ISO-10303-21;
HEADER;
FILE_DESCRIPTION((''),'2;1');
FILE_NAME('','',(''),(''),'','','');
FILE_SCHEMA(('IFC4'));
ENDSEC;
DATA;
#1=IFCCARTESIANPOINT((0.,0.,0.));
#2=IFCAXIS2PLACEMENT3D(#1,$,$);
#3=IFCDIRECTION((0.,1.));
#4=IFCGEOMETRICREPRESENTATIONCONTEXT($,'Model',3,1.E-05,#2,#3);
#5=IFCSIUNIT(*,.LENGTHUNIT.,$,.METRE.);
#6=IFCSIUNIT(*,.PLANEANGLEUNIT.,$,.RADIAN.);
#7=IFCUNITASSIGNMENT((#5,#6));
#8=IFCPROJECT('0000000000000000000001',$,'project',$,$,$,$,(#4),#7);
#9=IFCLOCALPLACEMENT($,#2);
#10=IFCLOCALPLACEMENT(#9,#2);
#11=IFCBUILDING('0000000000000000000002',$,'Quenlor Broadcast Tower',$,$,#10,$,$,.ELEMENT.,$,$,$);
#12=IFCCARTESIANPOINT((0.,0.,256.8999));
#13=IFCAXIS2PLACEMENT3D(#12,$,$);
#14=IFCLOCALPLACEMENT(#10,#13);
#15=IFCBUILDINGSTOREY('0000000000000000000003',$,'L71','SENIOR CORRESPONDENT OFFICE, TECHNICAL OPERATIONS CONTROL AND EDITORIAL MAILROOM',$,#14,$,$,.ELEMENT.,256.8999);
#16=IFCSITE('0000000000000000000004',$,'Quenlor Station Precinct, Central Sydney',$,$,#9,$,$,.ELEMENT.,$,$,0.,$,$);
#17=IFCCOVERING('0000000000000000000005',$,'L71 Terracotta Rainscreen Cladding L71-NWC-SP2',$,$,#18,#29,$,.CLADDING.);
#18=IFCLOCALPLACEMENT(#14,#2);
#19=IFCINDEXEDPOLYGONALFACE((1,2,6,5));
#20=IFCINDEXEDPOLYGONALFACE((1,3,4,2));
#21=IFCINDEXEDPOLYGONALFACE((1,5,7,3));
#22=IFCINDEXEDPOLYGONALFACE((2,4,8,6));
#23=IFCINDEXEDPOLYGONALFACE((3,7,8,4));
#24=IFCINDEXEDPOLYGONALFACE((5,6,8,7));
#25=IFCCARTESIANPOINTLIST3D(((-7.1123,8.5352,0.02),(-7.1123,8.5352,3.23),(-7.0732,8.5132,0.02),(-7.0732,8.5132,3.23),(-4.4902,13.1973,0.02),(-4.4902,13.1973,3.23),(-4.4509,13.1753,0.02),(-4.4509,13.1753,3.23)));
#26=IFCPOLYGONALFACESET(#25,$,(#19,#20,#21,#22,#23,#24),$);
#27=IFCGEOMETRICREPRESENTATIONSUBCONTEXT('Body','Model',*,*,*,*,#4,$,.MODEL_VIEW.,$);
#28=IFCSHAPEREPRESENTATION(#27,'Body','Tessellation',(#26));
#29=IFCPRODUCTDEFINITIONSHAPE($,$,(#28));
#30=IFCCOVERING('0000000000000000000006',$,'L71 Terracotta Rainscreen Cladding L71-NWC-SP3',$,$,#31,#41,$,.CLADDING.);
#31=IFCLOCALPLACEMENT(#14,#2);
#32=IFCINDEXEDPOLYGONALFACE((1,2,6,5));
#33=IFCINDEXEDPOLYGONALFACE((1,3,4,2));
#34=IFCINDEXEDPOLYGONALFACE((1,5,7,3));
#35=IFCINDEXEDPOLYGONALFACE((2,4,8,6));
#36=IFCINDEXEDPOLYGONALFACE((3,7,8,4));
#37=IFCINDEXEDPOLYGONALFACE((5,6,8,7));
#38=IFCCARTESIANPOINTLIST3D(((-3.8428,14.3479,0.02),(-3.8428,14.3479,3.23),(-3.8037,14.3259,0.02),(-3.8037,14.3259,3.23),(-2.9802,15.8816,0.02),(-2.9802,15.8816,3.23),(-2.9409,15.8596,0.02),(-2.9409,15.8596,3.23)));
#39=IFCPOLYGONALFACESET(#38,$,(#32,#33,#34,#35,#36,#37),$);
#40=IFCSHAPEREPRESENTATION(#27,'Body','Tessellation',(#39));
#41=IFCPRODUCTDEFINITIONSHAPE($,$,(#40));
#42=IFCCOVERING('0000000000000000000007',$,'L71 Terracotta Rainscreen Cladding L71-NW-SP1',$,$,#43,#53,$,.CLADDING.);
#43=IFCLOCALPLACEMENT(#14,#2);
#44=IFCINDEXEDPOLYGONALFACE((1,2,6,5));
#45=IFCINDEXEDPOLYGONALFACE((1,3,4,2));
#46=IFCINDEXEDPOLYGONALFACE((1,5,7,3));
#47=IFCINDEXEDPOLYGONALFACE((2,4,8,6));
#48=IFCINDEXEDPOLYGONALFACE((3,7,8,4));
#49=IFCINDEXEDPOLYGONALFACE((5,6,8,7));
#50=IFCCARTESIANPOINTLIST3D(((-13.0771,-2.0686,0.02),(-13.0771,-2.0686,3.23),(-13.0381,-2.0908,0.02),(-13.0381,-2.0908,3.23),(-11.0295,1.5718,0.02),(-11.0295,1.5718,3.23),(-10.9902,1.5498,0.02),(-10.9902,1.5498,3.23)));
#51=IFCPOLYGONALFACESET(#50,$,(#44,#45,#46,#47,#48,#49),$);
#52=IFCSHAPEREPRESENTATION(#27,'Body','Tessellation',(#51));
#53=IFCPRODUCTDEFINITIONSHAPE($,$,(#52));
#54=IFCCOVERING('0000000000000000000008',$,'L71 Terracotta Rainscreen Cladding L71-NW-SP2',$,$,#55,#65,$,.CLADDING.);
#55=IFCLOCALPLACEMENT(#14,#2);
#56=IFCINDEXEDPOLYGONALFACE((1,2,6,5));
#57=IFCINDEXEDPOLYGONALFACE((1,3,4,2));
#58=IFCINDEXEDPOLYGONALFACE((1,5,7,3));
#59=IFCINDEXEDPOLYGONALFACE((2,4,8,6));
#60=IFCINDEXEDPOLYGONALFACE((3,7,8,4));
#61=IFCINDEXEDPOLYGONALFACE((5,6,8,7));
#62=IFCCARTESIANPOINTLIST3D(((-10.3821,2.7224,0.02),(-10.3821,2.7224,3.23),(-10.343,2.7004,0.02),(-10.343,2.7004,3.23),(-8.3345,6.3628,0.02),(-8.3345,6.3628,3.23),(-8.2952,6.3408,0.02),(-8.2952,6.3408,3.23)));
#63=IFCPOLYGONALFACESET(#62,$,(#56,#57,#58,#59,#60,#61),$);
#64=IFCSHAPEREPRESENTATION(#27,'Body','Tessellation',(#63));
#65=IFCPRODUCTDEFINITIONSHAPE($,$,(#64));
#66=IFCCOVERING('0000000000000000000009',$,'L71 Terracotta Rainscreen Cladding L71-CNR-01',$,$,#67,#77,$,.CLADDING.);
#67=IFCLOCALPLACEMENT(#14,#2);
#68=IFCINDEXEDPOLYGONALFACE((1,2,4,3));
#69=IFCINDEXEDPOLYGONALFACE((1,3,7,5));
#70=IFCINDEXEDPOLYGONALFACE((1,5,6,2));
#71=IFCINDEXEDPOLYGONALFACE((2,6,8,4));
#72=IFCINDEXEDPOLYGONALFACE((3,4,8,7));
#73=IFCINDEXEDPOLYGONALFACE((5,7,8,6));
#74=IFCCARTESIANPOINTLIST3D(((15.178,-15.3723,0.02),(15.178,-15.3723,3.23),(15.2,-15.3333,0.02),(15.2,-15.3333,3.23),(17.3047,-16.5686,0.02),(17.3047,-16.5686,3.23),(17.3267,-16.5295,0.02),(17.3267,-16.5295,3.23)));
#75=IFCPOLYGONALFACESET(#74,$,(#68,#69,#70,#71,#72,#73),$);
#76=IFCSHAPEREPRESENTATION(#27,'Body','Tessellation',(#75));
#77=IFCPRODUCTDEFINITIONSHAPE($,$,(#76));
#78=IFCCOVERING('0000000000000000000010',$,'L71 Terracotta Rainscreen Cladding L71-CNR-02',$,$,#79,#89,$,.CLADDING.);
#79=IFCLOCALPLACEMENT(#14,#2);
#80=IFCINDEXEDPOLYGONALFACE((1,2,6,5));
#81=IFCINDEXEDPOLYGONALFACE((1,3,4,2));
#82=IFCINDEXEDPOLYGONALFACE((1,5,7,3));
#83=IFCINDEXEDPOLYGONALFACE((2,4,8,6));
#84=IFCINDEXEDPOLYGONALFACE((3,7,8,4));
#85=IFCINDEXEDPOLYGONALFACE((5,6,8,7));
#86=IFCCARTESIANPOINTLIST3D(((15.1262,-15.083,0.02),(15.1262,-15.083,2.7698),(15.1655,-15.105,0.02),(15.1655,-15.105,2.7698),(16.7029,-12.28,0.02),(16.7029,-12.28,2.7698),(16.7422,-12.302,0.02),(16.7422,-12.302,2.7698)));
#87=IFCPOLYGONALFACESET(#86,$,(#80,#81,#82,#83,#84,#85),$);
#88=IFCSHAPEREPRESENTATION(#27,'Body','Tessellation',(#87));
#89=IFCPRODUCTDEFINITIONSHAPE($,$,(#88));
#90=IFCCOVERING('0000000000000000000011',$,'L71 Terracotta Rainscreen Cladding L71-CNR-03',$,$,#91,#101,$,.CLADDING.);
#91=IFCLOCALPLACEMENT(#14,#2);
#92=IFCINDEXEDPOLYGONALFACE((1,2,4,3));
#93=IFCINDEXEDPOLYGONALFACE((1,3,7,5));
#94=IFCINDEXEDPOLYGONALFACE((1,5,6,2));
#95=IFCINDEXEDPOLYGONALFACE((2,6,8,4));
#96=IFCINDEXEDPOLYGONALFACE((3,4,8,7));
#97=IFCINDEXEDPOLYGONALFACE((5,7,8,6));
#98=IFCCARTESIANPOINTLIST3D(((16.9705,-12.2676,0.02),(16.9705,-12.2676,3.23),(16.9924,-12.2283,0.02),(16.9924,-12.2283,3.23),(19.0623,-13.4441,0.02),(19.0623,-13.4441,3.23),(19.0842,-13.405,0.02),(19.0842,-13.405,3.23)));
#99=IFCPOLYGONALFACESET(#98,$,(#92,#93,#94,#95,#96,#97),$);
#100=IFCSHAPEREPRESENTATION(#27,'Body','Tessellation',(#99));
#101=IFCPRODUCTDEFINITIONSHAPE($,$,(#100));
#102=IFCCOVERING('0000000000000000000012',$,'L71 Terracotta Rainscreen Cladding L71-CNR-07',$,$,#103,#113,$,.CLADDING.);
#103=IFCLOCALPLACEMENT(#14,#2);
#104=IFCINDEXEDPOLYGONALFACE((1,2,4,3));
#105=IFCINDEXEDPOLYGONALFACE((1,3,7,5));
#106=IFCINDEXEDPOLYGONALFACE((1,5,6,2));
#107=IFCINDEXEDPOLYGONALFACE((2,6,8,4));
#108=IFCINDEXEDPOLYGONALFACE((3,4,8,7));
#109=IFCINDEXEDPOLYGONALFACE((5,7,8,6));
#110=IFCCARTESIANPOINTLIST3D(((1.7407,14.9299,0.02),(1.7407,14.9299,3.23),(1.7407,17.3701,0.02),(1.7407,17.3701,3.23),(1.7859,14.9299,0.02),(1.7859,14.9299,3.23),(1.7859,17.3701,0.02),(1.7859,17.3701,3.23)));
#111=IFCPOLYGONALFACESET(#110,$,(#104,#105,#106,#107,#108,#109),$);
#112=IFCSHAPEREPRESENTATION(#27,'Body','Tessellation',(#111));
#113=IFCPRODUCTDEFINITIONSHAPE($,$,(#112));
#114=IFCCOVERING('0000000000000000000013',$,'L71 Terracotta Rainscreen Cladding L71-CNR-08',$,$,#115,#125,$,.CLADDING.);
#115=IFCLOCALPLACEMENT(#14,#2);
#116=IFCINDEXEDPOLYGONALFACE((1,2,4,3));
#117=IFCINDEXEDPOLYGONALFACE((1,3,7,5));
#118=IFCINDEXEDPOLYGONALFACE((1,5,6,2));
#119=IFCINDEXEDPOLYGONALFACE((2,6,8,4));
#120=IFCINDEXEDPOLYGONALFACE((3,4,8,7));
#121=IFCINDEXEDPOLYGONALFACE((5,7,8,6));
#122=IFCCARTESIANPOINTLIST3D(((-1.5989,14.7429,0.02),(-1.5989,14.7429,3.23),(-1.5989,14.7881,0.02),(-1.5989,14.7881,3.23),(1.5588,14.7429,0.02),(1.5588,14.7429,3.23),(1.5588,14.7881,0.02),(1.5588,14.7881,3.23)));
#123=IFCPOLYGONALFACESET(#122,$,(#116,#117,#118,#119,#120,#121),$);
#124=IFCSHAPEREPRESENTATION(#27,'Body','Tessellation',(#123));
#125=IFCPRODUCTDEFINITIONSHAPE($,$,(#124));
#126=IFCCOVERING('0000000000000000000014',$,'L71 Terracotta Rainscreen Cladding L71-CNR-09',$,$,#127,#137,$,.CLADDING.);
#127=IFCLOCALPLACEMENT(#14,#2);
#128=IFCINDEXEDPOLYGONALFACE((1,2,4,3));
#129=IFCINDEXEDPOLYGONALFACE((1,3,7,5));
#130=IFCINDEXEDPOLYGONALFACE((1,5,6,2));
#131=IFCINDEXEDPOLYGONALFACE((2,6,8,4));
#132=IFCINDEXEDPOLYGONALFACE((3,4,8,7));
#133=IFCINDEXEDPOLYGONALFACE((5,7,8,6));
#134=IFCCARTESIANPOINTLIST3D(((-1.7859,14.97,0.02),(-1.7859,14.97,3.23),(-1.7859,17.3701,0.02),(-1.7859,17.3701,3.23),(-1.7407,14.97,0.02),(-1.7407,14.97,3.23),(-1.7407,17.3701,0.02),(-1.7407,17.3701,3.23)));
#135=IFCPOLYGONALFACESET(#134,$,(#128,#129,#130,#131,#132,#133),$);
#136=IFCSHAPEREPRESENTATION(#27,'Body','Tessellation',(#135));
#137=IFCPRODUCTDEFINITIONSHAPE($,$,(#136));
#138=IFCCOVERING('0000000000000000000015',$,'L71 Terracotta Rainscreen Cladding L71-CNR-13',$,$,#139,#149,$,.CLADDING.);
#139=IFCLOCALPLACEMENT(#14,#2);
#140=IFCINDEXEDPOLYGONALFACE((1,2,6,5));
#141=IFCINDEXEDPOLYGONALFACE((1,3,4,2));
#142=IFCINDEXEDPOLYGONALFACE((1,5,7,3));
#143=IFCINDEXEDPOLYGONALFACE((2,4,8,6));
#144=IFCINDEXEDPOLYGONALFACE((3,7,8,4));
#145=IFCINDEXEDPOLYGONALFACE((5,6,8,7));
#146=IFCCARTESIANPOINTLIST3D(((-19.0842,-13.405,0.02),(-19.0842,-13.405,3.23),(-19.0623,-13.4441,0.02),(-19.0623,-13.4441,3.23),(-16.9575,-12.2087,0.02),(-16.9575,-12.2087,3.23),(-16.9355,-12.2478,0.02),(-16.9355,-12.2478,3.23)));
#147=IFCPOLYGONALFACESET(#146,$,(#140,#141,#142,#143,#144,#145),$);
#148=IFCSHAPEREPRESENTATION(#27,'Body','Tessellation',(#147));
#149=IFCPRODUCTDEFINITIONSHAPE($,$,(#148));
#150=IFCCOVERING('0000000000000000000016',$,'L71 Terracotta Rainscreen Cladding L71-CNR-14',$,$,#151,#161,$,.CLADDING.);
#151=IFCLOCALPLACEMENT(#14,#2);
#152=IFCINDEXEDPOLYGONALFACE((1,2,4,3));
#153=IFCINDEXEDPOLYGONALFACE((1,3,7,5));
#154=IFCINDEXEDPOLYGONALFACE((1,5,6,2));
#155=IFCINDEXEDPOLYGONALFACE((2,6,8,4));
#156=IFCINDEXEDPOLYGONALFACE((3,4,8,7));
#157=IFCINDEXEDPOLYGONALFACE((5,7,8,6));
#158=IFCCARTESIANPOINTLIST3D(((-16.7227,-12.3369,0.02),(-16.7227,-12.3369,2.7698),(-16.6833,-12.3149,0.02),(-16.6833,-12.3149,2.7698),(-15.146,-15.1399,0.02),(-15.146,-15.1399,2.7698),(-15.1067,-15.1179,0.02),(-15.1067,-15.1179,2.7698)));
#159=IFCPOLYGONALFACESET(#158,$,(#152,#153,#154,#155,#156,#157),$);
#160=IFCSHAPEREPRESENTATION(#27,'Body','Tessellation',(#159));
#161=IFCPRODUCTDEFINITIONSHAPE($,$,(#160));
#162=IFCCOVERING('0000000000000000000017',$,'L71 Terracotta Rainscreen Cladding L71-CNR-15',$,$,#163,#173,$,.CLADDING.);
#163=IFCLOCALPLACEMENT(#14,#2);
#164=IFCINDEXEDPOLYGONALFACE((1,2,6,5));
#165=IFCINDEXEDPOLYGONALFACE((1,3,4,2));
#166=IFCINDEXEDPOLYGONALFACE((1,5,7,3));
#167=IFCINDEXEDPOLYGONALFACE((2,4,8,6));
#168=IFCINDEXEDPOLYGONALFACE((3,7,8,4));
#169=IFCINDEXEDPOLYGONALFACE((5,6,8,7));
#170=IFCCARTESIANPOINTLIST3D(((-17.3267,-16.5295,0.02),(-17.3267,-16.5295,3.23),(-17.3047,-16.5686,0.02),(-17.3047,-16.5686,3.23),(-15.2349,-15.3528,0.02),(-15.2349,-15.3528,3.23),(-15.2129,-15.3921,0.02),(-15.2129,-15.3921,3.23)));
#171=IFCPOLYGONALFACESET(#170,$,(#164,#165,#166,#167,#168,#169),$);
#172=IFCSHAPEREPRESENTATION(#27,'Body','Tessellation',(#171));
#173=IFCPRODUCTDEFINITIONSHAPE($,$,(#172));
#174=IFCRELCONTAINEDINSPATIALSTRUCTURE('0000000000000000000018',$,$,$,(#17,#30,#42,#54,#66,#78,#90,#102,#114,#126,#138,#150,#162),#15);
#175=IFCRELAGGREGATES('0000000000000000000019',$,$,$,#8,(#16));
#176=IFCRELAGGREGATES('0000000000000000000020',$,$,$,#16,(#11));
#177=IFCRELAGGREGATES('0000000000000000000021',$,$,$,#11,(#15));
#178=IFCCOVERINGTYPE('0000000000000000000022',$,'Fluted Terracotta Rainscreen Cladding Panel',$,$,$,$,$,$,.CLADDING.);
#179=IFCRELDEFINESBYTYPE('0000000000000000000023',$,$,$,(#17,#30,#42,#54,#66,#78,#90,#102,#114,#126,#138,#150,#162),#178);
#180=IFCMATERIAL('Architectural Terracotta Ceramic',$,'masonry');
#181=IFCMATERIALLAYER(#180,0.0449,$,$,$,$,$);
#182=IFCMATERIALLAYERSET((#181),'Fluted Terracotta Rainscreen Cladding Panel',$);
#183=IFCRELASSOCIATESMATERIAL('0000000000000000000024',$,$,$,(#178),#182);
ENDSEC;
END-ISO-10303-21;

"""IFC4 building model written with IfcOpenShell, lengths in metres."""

from ifc_helpers import new_model, si_unit, direction, frame, origin, place, context, subcontext, project, spatial, polyline, outline, extrude, material, layer, layer_set, type_object, element, save


model = new_model("IFC4")

# Units and contexts
model_context = context("Model", 3, precision=1e-05, world=origin(), true_north=direction((0.0, 1.0)))
body_context = subcontext(model_context, "Body", "Model", "MODEL_VIEW")
ifc_project = project(units=[si_unit("LENGTHUNIT", "METRE"), si_unit("PLANEANGLEUNIT", "RADIAN")], contexts=[model_context])

# Site, building, storey
site_placement = place(None, origin())
site = spatial("IfcSite", under=ifc_project, at=site_placement, Name="Quenlor Station Precinct, Central Sydney", CompositionType="ELEMENT", RefElevation=0.0)
building_placement = place(site_placement, origin())
building = spatial("IfcBuilding", under=site, at=building_placement, Name="Quenlor Broadcast Tower", CompositionType="ELEMENT")
storey_placement = place(building_placement, frame((0.0, 0.0, 256.8999)))
storey = spatial("IfcBuildingStorey", under=building, at=storey_placement, Name="L71", Description="SENIOR CORRESPONDENT OFFICE, TECHNICAL OPERATIONS CONTROL AND EDITORIAL MAILROOM", CompositionType="ELEMENT", Elevation=256.8999)

# Coverings
ifc_material_1 = material(Name="Architectural Terracotta Ceramic", Category="masonry")
ifc_layer_1 = layer(ifc_material_1, 0.0449)
ifc_layer_set_1 = layer_set([ifc_layer_1], Name="Fluted Terracotta Rainscreen Cladding Panel")
covering_type_1 = type_object("IfcCoveringType", Name="Fluted Terracotta Rainscreen Cladding Panel", PredefinedType="CLADDING", material=ifc_layer_set_1)
covering_1_placement = place(storey_placement, frame((0.0, 0.0, 0.02)))
element("IfcCovering", 1, at=covering_1_placement, inside=storey, type_object=covering_type_1, Name="L71 Terracotta Rainscreen Cladding L71-NWC-SP2", PredefinedType="CLADDING", context=body_context, shape_type="SweptSolid", body=[
    extrude(outline(polyline([(-7.0732, 8.5132), (-4.4509, 13.1753), (-4.4902, 13.1973), (-7.1123, 8.5352), (-7.0732, 8.5132)])), origin(), (0.0, 0.0, 1.0), 3.21),
])
covering_2_placement = place(storey_placement, frame((0.0, 0.0, 0.02)))
element("IfcCovering", 2, at=covering_2_placement, inside=storey, type_object=covering_type_1, Name="L71 Terracotta Rainscreen Cladding L71-NWC-SP3", PredefinedType="CLADDING", context=body_context, shape_type="SweptSolid", body=[
    extrude(outline(polyline([(-3.8037, 14.3259), (-2.9409, 15.8596), (-2.9802, 15.8816), (-3.8428, 14.3479), (-3.8037, 14.3259)])), origin(), (0.0, 0.0, 1.0), 3.21),
])
covering_3_placement = place(storey_placement, frame((0.0, 0.0, 0.02)))
element("IfcCovering", 3, at=covering_3_placement, inside=storey, type_object=covering_type_1, Name="L71 Terracotta Rainscreen Cladding L71-NW-SP1", PredefinedType="CLADDING", context=body_context, shape_type="SweptSolid", body=[
    extrude(outline(polyline([(-13.0381, -2.0908), (-10.9902, 1.5498), (-11.0295, 1.5718), (-13.0771, -2.0686), (-13.0381, -2.0908)])), origin(), (0.0, 0.0, 1.0), 3.21),
])
covering_4_placement = place(storey_placement, frame((0.0, 0.0, 0.02)))
element("IfcCovering", 4, at=covering_4_placement, inside=storey, type_object=covering_type_1, Name="L71 Terracotta Rainscreen Cladding L71-NW-SP2", PredefinedType="CLADDING", context=body_context, shape_type="SweptSolid", body=[
    extrude(outline(polyline([(-10.343, 2.7004), (-8.2952, 6.3408), (-8.3345, 6.3628), (-10.3821, 2.7224), (-10.343, 2.7004)])), origin(), (0.0, 0.0, 1.0), 3.21),
])
covering_5_placement = place(storey_placement, frame((0.0, 0.0, 0.02)))
element("IfcCovering", 5, at=covering_5_placement, inside=storey, type_object=covering_type_1, Name="L71 Terracotta Rainscreen Cladding L71-CNR-01", PredefinedType="CLADDING", context=body_context, shape_type="SweptSolid", body=[
    extrude(outline(polyline([(17.3267, -16.5295), (15.2, -15.3333), (15.178, -15.3723), (17.3047, -16.5686), (17.3267, -16.5295)])), origin(), (0.0, 0.0, 1.0), 3.21),
])
covering_6_placement = place(storey_placement, frame((0.0, 0.0, 0.02)))
element("IfcCovering", 6, at=covering_6_placement, inside=storey, type_object=covering_type_1, Name="L71 Terracotta Rainscreen Cladding L71-CNR-02", PredefinedType="CLADDING", context=body_context, shape_type="SweptSolid", body=[
    extrude(outline(polyline([(15.1655, -15.105), (16.7422, -12.302), (16.7029, -12.28), (15.1262, -15.083), (15.1655, -15.105)])), origin(), (0.0, 0.0, 1.0), 2.7498),
])
covering_7_placement = place(storey_placement, frame((0.0, 0.0, 0.02)))
element("IfcCovering", 7, at=covering_7_placement, inside=storey, type_object=covering_type_1, Name="L71 Terracotta Rainscreen Cladding L71-CNR-03", PredefinedType="CLADDING", context=body_context, shape_type="SweptSolid", body=[
    extrude(outline(polyline([(16.9705, -12.2676), (19.0623, -13.4441), (19.0842, -13.405), (16.9924, -12.2283), (16.9705, -12.2676)])), origin(), (0.0, 0.0, 1.0), 3.21),
])
covering_8_placement = place(storey_placement, frame((0.0, 0.0, 0.02)))
element("IfcCovering", 8, at=covering_8_placement, inside=storey, type_object=covering_type_1, Name="L71 Terracotta Rainscreen Cladding L71-CNR-07", PredefinedType="CLADDING", context=body_context, shape_type="SweptSolid", body=[
    extrude(outline(polyline([(1.7407, 17.3701), (1.7407, 14.9299), (1.7859, 14.9299), (1.7859, 17.3701), (1.7407, 17.3701)])), origin(), (0.0, 0.0, 1.0), 3.21),
])
covering_9_placement = place(storey_placement, frame((0.0, 0.0, 0.02)))
element("IfcCovering", 9, at=covering_9_placement, inside=storey, type_object=covering_type_1, Name="L71 Terracotta Rainscreen Cladding L71-CNR-08", PredefinedType="CLADDING", context=body_context, shape_type="SweptSolid", body=[
    extrude(outline(polyline([(1.5588, 14.7881), (-1.5989, 14.7881), (-1.5989, 14.7429), (1.5588, 14.7429), (1.5588, 14.7881)])), origin(), (0.0, 0.0, 1.0), 3.21),
])
covering_10_placement = place(storey_placement, frame((0.0, 0.0, 0.02)))
element("IfcCovering", 10, at=covering_10_placement, inside=storey, type_object=covering_type_1, Name="L71 Terracotta Rainscreen Cladding L71-CNR-09", PredefinedType="CLADDING", context=body_context, shape_type="SweptSolid", body=[
    extrude(outline(polyline([(-1.7407, 14.97), (-1.7407, 17.3701), (-1.7859, 17.3701), (-1.7859, 14.97), (-1.7407, 14.97)])), origin(), (0.0, 0.0, 1.0), 3.21),
])
covering_11_placement = place(storey_placement, frame((0.0, 0.0, 0.02)))
element("IfcCovering", 11, at=covering_11_placement, inside=storey, type_object=covering_type_1, Name="L71 Terracotta Rainscreen Cladding L71-CNR-13", PredefinedType="CLADDING", context=body_context, shape_type="SweptSolid", body=[
    extrude(outline(polyline([(-19.0623, -13.4441), (-16.9355, -12.2478), (-16.9575, -12.2087), (-19.0842, -13.405), (-19.0623, -13.4441)])), origin(), (0.0, 0.0, 1.0), 3.21),
])
covering_12_placement = place(storey_placement, frame((0.0, 0.0, 0.02)))
element("IfcCovering", 12, at=covering_12_placement, inside=storey, type_object=covering_type_1, Name="L71 Terracotta Rainscreen Cladding L71-CNR-14", PredefinedType="CLADDING", context=body_context, shape_type="SweptSolid", body=[
    extrude(outline(polyline([(-16.7227, -12.3369), (-15.146, -15.1399), (-15.1067, -15.1179), (-16.6833, -12.3149), (-16.7227, -12.3369)])), origin(), (0.0, 0.0, 1.0), 2.7498),
])
covering_13_placement = place(storey_placement, frame((0.0, 0.0, 0.02)))
element("IfcCovering", 13, at=covering_13_placement, inside=storey, type_object=covering_type_1, Name="L71 Terracotta Rainscreen Cladding L71-CNR-15", PredefinedType="CLADDING", context=body_context, shape_type="SweptSolid", body=[
    extrude(outline(polyline([(-15.2349, -15.3528), (-17.3267, -16.5295), (-17.3047, -16.5686), (-15.2129, -15.3921), (-15.2349, -15.3528)])), origin(), (0.0, 0.0, 1.0), 3.21),
])

save(model, "model.ifc")
